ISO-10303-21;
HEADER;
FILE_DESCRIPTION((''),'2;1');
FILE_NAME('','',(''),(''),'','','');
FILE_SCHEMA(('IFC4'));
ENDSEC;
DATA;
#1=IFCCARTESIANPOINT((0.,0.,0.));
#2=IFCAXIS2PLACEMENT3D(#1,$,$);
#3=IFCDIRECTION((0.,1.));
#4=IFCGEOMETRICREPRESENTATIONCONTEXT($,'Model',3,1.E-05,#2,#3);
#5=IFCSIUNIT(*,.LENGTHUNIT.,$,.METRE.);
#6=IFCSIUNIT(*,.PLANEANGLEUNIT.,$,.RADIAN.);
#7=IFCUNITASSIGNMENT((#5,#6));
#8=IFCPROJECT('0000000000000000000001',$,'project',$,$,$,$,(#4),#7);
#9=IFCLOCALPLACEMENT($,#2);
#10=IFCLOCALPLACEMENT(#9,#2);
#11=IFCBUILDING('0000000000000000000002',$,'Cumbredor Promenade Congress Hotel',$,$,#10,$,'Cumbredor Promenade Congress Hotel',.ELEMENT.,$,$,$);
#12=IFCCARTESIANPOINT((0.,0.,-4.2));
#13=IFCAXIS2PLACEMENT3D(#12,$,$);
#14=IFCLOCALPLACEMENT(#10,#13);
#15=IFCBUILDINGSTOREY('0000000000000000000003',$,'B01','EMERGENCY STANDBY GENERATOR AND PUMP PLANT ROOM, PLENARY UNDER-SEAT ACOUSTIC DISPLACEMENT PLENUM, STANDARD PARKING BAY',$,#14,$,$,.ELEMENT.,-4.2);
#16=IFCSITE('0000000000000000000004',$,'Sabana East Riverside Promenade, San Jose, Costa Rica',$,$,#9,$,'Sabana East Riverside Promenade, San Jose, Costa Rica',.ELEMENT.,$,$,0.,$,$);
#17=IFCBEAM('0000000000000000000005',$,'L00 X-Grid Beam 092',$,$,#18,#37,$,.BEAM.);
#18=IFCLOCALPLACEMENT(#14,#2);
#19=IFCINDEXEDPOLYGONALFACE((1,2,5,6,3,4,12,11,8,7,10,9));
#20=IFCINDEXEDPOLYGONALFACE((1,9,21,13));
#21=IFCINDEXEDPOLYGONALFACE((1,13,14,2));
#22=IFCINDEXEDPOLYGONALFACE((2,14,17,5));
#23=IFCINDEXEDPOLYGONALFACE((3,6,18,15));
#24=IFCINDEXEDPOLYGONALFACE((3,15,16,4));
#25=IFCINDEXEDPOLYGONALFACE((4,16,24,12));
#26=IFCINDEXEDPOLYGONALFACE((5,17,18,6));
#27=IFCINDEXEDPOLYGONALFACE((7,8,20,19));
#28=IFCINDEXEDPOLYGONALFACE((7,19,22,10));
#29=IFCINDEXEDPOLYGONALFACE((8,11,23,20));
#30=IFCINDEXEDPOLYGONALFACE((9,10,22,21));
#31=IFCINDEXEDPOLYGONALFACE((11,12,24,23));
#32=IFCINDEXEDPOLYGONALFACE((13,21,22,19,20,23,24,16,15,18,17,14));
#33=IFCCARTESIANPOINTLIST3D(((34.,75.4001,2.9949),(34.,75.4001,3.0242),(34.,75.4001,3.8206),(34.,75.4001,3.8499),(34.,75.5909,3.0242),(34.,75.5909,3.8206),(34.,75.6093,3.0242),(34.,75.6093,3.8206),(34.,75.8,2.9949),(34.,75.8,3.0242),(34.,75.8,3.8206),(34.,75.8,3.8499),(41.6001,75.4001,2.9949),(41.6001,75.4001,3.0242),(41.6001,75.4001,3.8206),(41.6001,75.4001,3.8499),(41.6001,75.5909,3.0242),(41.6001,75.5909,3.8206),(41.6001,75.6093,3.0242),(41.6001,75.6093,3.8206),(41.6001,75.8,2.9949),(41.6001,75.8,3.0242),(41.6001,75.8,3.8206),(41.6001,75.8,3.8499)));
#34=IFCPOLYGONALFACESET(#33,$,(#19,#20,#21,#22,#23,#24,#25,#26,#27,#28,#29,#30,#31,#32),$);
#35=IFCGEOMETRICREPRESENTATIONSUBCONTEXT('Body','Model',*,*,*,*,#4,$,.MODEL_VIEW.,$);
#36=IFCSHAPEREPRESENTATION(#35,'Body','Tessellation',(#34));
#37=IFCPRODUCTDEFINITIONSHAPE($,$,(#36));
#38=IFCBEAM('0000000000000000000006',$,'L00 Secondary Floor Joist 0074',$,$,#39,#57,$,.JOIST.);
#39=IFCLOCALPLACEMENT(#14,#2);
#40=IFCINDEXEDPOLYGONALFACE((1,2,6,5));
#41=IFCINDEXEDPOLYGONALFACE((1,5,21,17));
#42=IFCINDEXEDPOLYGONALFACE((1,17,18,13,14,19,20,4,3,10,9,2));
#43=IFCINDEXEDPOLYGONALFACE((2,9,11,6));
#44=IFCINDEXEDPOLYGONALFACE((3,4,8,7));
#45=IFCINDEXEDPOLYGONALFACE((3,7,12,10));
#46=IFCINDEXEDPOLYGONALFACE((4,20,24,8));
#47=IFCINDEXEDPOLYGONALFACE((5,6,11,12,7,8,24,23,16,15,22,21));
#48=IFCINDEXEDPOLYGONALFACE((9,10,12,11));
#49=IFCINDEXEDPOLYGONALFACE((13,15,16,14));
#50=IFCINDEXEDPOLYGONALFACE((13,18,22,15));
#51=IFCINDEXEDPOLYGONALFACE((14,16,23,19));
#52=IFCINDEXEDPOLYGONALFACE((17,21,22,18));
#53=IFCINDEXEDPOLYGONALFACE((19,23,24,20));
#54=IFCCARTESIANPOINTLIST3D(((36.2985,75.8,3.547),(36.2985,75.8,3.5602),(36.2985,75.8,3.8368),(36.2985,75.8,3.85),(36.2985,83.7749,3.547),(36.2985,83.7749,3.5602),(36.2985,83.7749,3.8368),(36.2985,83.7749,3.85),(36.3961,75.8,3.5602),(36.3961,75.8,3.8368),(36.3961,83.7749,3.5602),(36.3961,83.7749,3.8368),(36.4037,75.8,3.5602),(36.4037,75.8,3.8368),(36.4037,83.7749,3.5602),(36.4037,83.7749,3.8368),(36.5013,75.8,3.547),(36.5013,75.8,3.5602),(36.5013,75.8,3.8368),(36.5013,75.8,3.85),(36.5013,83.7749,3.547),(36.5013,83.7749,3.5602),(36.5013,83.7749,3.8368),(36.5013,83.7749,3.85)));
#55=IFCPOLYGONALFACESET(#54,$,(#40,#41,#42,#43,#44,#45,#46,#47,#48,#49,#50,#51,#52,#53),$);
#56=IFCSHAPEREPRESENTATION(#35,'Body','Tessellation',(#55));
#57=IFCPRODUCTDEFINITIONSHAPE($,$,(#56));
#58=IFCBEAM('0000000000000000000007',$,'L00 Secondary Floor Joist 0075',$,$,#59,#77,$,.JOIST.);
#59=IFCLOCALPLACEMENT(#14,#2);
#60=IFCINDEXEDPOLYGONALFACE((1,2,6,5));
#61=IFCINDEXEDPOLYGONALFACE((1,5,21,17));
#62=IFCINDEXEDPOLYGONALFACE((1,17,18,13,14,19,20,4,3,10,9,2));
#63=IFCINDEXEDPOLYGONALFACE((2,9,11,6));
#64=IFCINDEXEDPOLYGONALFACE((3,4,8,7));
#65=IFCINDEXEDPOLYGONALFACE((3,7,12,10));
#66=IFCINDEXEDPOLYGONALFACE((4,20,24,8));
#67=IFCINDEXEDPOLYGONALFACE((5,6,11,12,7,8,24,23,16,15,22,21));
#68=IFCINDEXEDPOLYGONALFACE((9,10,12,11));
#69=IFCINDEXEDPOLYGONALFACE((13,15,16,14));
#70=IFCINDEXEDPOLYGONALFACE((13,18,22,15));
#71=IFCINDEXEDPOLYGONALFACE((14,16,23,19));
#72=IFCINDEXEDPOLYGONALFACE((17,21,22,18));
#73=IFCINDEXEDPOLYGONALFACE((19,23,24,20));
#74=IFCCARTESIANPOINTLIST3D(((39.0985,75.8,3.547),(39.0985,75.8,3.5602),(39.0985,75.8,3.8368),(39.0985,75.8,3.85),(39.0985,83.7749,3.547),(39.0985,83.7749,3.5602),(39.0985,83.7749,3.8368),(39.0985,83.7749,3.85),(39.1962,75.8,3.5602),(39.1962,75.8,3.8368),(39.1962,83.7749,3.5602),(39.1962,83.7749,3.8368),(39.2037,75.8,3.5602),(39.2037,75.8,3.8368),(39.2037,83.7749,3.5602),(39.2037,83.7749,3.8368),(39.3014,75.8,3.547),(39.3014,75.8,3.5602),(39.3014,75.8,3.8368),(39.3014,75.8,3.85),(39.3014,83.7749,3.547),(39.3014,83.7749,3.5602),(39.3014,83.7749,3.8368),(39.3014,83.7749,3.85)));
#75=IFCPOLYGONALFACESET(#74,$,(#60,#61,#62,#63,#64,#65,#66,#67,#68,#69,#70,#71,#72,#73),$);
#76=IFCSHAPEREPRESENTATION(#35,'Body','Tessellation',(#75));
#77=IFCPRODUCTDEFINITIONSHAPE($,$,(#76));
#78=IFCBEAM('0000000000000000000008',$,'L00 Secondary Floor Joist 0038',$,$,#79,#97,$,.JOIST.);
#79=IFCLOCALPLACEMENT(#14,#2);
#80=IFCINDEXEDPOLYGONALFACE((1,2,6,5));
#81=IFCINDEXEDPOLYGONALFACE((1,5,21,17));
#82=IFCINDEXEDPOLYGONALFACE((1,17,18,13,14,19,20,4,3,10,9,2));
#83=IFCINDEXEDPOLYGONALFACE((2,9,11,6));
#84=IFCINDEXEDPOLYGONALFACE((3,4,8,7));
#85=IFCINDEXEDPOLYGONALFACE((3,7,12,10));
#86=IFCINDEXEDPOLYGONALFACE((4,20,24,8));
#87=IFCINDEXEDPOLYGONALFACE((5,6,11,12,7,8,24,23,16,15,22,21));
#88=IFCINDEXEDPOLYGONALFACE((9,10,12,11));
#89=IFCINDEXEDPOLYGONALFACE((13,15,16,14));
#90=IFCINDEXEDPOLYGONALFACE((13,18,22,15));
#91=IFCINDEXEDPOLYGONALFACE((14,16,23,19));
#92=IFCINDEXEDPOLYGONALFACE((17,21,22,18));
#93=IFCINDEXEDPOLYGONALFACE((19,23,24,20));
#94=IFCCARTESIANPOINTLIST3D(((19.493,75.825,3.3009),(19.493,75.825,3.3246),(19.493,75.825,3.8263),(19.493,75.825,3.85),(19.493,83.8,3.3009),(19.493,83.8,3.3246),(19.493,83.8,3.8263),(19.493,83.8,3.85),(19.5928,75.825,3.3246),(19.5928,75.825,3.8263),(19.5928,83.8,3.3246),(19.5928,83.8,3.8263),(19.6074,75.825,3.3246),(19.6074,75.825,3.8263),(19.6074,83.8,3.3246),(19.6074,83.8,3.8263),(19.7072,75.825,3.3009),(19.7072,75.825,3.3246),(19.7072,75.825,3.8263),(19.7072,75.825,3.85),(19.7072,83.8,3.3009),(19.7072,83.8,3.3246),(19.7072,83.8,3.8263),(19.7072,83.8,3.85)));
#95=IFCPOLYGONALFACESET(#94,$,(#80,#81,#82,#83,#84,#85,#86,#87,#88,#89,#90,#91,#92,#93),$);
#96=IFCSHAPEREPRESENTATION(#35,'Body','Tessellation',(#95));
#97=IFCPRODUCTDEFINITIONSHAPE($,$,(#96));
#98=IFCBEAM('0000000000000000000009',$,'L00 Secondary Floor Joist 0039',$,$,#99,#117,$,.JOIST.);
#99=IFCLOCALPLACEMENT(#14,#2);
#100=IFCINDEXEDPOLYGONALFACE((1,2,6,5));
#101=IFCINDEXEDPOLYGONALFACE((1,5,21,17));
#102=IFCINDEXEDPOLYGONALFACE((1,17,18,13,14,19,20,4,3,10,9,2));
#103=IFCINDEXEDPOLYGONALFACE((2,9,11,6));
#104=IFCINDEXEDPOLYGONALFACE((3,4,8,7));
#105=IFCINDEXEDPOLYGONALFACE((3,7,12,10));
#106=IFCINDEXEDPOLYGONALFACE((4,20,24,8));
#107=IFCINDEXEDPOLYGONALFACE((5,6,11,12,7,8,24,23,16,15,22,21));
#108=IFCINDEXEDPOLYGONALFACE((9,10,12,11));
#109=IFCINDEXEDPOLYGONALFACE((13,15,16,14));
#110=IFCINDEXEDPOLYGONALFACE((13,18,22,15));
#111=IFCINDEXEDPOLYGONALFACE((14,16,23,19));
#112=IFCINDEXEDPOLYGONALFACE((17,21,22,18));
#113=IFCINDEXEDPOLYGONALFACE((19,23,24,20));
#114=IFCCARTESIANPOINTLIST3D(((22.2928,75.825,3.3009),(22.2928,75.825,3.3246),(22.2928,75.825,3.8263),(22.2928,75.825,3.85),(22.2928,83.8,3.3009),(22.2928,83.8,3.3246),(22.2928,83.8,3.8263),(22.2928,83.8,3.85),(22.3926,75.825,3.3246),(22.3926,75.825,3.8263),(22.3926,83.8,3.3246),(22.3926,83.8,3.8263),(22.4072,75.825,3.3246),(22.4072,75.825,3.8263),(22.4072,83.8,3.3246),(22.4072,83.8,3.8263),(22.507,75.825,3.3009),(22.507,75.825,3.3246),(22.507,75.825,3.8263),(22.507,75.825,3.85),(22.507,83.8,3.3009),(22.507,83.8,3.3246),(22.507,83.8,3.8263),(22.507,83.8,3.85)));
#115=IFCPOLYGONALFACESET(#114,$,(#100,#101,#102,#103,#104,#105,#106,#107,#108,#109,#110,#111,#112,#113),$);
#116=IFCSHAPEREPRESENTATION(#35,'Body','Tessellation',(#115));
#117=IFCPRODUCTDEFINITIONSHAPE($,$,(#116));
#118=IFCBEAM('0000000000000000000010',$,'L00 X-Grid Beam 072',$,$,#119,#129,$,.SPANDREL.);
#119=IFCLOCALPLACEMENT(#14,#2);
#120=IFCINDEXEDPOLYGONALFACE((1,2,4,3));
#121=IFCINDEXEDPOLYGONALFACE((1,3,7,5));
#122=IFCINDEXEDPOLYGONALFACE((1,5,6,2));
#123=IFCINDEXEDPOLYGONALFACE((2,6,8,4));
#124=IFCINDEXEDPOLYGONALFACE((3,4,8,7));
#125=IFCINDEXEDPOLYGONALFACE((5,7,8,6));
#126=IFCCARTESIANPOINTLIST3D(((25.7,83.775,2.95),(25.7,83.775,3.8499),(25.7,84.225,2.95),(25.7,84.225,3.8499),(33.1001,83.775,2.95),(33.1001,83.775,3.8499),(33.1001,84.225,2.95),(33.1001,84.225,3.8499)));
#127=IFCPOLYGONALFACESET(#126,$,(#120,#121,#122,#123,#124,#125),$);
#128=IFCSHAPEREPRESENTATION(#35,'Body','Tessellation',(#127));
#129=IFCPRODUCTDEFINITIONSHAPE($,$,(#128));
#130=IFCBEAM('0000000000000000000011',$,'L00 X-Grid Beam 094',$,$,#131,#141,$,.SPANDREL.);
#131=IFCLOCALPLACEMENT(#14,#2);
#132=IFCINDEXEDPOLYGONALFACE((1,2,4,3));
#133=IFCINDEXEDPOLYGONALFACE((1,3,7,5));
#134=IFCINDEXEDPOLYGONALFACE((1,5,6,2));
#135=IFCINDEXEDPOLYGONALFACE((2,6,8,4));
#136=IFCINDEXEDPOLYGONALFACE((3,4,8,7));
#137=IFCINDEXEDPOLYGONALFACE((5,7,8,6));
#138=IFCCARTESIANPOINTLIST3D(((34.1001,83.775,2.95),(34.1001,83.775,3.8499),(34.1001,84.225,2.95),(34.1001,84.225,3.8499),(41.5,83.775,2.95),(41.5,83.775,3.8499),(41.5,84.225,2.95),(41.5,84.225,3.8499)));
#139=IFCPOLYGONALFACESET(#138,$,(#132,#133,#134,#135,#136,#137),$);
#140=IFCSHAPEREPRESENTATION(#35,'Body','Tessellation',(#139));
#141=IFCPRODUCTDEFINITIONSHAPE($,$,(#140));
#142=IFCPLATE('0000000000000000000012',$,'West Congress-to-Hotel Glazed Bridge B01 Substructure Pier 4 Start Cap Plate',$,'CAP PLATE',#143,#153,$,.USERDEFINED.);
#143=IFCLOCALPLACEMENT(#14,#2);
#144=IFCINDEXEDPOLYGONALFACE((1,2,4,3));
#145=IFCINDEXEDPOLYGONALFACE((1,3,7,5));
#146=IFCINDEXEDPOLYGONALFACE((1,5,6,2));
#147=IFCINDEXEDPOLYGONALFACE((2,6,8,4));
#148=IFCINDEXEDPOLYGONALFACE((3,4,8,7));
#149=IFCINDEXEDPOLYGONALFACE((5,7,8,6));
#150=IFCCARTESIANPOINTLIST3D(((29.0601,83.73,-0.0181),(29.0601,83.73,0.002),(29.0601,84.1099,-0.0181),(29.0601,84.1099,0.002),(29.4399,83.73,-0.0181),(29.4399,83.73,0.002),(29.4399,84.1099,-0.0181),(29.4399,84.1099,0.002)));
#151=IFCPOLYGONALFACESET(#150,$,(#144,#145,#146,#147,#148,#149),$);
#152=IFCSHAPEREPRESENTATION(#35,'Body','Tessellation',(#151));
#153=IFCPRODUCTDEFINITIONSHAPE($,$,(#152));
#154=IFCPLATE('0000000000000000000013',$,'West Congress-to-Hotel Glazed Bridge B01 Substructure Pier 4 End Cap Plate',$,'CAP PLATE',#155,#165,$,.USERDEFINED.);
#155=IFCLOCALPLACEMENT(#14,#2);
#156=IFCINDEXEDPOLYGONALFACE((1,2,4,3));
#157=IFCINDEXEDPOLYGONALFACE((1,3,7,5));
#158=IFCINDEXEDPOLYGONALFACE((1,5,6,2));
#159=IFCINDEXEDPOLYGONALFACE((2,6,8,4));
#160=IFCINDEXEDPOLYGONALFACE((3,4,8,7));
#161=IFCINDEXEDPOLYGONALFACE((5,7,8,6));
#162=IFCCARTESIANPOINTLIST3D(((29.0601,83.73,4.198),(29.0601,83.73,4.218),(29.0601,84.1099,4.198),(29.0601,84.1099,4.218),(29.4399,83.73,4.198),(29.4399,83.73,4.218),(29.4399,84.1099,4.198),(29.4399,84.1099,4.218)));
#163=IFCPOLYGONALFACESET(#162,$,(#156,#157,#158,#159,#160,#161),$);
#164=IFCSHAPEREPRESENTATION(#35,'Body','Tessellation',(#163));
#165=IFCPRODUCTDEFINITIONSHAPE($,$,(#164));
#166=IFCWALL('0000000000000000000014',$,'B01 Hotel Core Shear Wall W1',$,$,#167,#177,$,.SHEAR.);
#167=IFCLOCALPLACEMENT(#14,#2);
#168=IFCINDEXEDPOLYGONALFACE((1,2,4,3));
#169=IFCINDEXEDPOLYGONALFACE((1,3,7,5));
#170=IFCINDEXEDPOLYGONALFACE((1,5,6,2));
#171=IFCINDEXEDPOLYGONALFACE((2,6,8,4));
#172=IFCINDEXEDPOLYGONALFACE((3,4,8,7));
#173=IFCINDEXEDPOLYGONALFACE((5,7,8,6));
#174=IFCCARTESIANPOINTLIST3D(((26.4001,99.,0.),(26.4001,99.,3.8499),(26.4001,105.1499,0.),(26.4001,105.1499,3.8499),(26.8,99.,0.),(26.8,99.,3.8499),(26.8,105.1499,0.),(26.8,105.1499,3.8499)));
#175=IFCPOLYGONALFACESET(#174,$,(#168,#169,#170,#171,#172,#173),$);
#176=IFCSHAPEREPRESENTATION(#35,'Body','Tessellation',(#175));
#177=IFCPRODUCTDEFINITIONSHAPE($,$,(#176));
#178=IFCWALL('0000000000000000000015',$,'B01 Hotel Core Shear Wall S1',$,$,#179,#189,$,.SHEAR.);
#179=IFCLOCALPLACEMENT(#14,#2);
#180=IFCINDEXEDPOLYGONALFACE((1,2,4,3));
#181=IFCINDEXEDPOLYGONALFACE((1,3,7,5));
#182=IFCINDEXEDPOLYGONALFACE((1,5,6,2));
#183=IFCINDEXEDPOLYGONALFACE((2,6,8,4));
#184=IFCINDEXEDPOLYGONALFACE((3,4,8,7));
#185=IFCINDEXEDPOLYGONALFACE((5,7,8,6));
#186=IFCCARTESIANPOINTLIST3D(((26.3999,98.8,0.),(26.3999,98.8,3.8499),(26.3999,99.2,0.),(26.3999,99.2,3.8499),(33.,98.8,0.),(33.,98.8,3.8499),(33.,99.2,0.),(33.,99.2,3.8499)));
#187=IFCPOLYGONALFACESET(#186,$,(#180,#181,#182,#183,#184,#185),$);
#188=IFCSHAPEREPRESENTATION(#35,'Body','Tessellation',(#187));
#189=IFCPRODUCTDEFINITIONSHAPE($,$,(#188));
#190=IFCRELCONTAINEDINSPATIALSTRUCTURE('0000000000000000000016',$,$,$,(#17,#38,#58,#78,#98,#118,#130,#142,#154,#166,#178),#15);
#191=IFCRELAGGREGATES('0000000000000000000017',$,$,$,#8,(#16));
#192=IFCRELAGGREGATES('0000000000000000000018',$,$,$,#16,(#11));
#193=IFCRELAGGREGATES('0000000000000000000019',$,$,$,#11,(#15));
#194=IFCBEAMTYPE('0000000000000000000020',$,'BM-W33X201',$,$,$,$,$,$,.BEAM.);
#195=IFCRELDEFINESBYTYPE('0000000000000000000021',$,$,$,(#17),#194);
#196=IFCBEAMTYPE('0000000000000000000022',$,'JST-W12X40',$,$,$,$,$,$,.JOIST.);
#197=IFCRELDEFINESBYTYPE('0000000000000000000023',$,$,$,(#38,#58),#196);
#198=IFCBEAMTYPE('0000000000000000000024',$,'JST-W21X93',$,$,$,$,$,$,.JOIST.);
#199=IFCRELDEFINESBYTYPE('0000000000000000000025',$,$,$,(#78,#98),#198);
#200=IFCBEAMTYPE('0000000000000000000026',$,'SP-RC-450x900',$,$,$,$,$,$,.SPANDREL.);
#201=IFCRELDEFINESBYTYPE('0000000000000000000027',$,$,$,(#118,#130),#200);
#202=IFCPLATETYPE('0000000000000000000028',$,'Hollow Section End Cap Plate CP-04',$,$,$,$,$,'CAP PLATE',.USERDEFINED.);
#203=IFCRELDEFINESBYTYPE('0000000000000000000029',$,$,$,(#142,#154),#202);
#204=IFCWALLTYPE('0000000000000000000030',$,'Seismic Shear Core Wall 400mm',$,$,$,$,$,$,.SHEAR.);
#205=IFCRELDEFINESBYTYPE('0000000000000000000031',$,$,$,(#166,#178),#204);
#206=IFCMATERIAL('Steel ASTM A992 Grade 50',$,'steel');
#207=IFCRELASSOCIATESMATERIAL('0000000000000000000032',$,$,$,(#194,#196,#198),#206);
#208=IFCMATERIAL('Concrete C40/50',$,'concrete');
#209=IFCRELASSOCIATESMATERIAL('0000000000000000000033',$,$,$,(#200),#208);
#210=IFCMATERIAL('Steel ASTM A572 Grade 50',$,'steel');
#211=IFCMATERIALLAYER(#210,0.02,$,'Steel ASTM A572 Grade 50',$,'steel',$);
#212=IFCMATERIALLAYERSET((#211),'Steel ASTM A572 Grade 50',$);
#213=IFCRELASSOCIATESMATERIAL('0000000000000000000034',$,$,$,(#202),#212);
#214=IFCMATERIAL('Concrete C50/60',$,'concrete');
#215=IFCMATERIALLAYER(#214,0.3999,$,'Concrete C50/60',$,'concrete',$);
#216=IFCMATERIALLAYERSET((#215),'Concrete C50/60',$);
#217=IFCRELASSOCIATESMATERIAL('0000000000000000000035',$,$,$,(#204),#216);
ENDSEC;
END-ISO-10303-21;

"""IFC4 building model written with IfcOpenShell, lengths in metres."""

from ifc_helpers import new_model, si_unit, direction, frame, frame_2d, origin, origin_2d, place, context, subcontext, project, spatial, rectangle, i_section, extrude, material, layer, layer_set, material_profile, profile_set, type_object, element, save


model = new_model("IFC4")

# Units and contexts
model_context = context("Model", 3, precision=1e-05, world=origin(), true_north=direction((0.0, 1.0)))
body_context = subcontext(model_context, "Body", "Model", "MODEL_VIEW")
ifc_project = project(units=[si_unit("LENGTHUNIT", "METRE"), si_unit("PLANEANGLEUNIT", "RADIAN")], contexts=[model_context])

# Site, building, storey
site_placement = place(None, origin())
site = spatial("IfcSite", under=ifc_project, at=site_placement, Name="Sabana East Riverside Promenade, San Jose, Costa Rica", LongName="Sabana East Riverside Promenade, San Jose, Costa Rica", CompositionType="ELEMENT", RefElevation=0.0)
building_placement = place(site_placement, origin())
building = spatial("IfcBuilding", under=site, at=building_placement, Name="Cumbredor Promenade Congress Hotel", LongName="Cumbredor Promenade Congress Hotel", CompositionType="ELEMENT")
storey_placement = place(building_placement, frame((0.0, 0.0, -4.2)))
storey = spatial("IfcBuildingStorey", under=building, at=storey_placement, Name="B01", Description="EMERGENCY STANDBY GENERATOR AND PUMP PLANT ROOM, PLENARY UNDER-SEAT ACOUSTIC DISPLACEMENT PLENUM, STANDARD PARKING BAY", CompositionType="ELEMENT", Elevation=-4.2)

# Shared definitions
ifc_material_1 = material(Name="Concrete C50/60", Category="concrete")

# Beams
ifc_material_2 = material(Name="Concrete C40/50", Category="concrete")
ifc_material_3 = material(Name="Steel ASTM A992 Grade 50", Category="steel")
ifc_material_profile_1 = material_profile(ifc_material_3, i_section(OverallWidth=0.3999, OverallDepth=0.855, WebThickness=0.0183, FlangeThickness=0.0293, at=origin_2d()), Name="W33X201")
ifc_profile_set_1 = profile_set([ifc_material_profile_1], Name="Steel ASTM A992 Grade 50")
beam_type_1 = type_object("IfcBeamType", Name="BM-W33X201", PredefinedType="BEAM", material=ifc_profile_set_1)
beam_1_placement = place(storey_placement, frame((34.0, 75.6001, 3.4224), z_axis=(1.0, 0.0, 0.0), x_axis=(0.0, 1.0, 0.0)))
element("IfcBeam", 1, at=beam_1_placement, inside=storey, type_object=beam_type_1, Name="L00 X-Grid Beam 092", PredefinedType="BEAM", context=body_context, shape_type="SweptSolid", body=[
    extrude(i_section(OverallWidth=0.3999, OverallDepth=0.855, WebThickness=0.0183, FlangeThickness=0.0293, at=origin_2d()), origin(), (0.0, 0.0, 1.0), 7.6001),
])
ifc_material_profile_2 = material_profile(ifc_material_3, i_section(OverallWidth=0.2029, OverallDepth=0.303, WebThickness=0.0076, FlangeThickness=0.0132, at=origin_2d()), Name="W12X40")
ifc_profile_set_2 = profile_set([ifc_material_profile_2], Name="Steel ASTM A992 Grade 50")
beam_type_2 = type_object("IfcBeamType", Name="JST-W12X40", PredefinedType="JOIST", material=ifc_profile_set_2)
for number, where, z_axis, x_axis, name in (
    (2, (36.3999, 75.8, 3.6985), (0.0, 1.0, 0.0), (-1.0, 0.0, 0.0), "L00 Secondary Floor Joist 0074"),
    (3, (39.2, 75.8, 3.6985), (0.0, 1.0, 0.0), (-1.0, 0.0, 0.0), "L00 Secondary Floor Joist 0075"),
):
    element("IfcBeam", number, at=place(storey_placement, frame(where, z_axis=z_axis, x_axis=x_axis)), inside=storey, type_object=beam_type_2, Name=name, PredefinedType="JOIST", context=body_context, shape_type="SweptSolid", body=[
        extrude(i_section(OverallWidth=0.2029, OverallDepth=0.303, WebThickness=0.0076, FlangeThickness=0.0132, at=origin_2d()), origin(), (0.0, 0.0, 1.0), 7.9749),
    ])
ifc_material_profile_3 = material_profile(ifc_material_3, i_section(OverallWidth=0.2141, OverallDepth=0.5491, WebThickness=0.0146, FlangeThickness=0.0237, at=origin_2d()), Name="W21X93")
ifc_profile_set_3 = profile_set([ifc_material_profile_3], Name="Steel ASTM A992 Grade 50")
beam_type_3 = type_object("IfcBeamType", Name="JST-W21X93", PredefinedType="JOIST", material=ifc_profile_set_3)
for number, where, z_axis, x_axis, name in (
    (4, (19.6001, 75.825, 3.5754), (0.0, 1.0, 0.0), (-1.0, 0.0, 0.0), "L00 Secondary Floor Joist 0038"),
    (5, (22.3999, 75.825, 3.5754), (0.0, 1.0, 0.0), (-1.0, 0.0, 0.0), "L00 Secondary Floor Joist 0039"),
):
    element("IfcBeam", number, at=place(storey_placement, frame(where, z_axis=z_axis, x_axis=x_axis)), inside=storey, type_object=beam_type_3, Name=name, PredefinedType="JOIST", context=body_context, shape_type="SweptSolid", body=[
        extrude(i_section(OverallWidth=0.2141, OverallDepth=0.5491, WebThickness=0.0146, FlangeThickness=0.0237, at=origin_2d()), origin(), (0.0, 0.0, 1.0), 7.9751),
    ])
ifc_material_profile_4 = material_profile(ifc_material_2, rectangle(XDim=0.45, YDim=0.8999, at=origin_2d()), Name="RC SPANDREL 450x900")
ifc_profile_set_4 = profile_set([ifc_material_profile_4], Name="Concrete C40/50")
beam_type_4 = type_object("IfcBeamType", Name="SP-RC-450x900", PredefinedType="SPANDREL", material=ifc_profile_set_4)
beam_2_placement = place(storey_placement, frame((25.7, 84.0, 3.3999), z_axis=(1.0, 0.0, 0.0), x_axis=(0.0, 1.0, 0.0)))
element("IfcBeam", 6, at=beam_2_placement, inside=storey, type_object=beam_type_4, Name="L00 X-Grid Beam 072", PredefinedType="SPANDREL", context=body_context, shape_type="SweptSolid", body=[
    extrude(rectangle(XDim=0.45, YDim=0.8999, at=origin_2d()), origin(), (0.0, 0.0, 1.0), 7.4001),
])
beam_3_placement = place(storey_placement, frame((34.1001, 84.0, 3.3999), z_axis=(1.0, 0.0, 0.0), x_axis=(0.0, 1.0, 0.0)))
element("IfcBeam", 7, at=beam_3_placement, inside=storey, type_object=beam_type_4, Name="L00 X-Grid Beam 094", PredefinedType="SPANDREL", context=body_context, shape_type="SweptSolid", body=[
    extrude(rectangle(XDim=0.45, YDim=0.8999, at=origin_2d()), origin(), (0.0, 0.0, 1.0), 7.3999),
])

# Plates
ifc_material_4 = material(Name="Steel ASTM A572 Grade 50", Category="steel")
ifc_layer_1 = layer(ifc_material_4, 0.02, Name="Steel ASTM A572 Grade 50", Category="steel")
ifc_layer_set_1 = layer_set([ifc_layer_1], Name="Steel ASTM A572 Grade 50")
plate_type = type_object("IfcPlateType", Name="Hollow Section End Cap Plate CP-04", ElementType="CAP PLATE", PredefinedType="USERDEFINED", material=ifc_layer_set_1)
for number, where, z_axis, x_axis, name in (
    (8, (29.25, 83.9199, -0.0181), (0.0, 0.0, 1.0), (1.0, 0.0, 0.0), "West Congress-to-Hotel Glazed Bridge B01 Substructure Pier 4 Start Cap Plate"),
    (9, (29.25, 83.9199, 4.198), (0.0, 0.0, 1.0), (1.0, 0.0, 0.0), "West Congress-to-Hotel Glazed Bridge B01 Substructure Pier 4 End Cap Plate"),
):
    element("IfcPlate", number, at=place(storey_placement, frame(where, z_axis=z_axis, x_axis=x_axis)), inside=storey, type_object=plate_type, Name=name, ObjectType="CAP PLATE", PredefinedType="USERDEFINED", context=body_context, shape_type="SweptSolid", body=[
        extrude(rectangle(XDim=0.3799, YDim=0.3799, at=origin_2d()), origin(), (0.0, 0.0, 1.0), 0.02),
    ])

# Walls
ifc_layer_2 = layer(ifc_material_1, 0.3999, Name="Concrete C50/60", Category="concrete")
ifc_layer_set_2 = layer_set([ifc_layer_2], Name="Concrete C50/60")
wall_type_1 = type_object("IfcWallType", Name="Seismic Shear Core Wall 400mm", PredefinedType="SHEAR", material=ifc_layer_set_2)
wall_1_placement = place(storey_placement, frame((26.6001, 99.0, 0.0), z_axis=(0.0, 0.0, 1.0), x_axis=(0.0, 1.0, 0.0)))
element("IfcWall", 10, at=wall_1_placement, inside=storey, type_object=wall_type_1, Name="B01 Hotel Core Shear Wall W1", PredefinedType="SHEAR", context=body_context, shape_type="SweptSolid", body=[
    extrude(rectangle(XDim=6.1499, YDim=0.3999, at=frame_2d((3.075, 0.0))), origin(), (0.0, 0.0, 1.0), 3.8499),
])
wall_2_placement = place(storey_placement, frame((26.3999, 99.0, 0.0), z_axis=(0.0, 0.0, 1.0), x_axis=(1.0, 0.0, 0.0)))
element("IfcWall", 11, at=wall_2_placement, inside=storey, type_object=wall_type_1, Name="B01 Hotel Core Shear Wall S1", PredefinedType="SHEAR", context=body_context, shape_type="SweptSolid", body=[
    extrude(rectangle(XDim=6.6001, YDim=0.3999, at=frame_2d((3.3, 0.0))), origin(), (0.0, 0.0, 1.0), 3.8499),
])

save(model, "model.ifc")
